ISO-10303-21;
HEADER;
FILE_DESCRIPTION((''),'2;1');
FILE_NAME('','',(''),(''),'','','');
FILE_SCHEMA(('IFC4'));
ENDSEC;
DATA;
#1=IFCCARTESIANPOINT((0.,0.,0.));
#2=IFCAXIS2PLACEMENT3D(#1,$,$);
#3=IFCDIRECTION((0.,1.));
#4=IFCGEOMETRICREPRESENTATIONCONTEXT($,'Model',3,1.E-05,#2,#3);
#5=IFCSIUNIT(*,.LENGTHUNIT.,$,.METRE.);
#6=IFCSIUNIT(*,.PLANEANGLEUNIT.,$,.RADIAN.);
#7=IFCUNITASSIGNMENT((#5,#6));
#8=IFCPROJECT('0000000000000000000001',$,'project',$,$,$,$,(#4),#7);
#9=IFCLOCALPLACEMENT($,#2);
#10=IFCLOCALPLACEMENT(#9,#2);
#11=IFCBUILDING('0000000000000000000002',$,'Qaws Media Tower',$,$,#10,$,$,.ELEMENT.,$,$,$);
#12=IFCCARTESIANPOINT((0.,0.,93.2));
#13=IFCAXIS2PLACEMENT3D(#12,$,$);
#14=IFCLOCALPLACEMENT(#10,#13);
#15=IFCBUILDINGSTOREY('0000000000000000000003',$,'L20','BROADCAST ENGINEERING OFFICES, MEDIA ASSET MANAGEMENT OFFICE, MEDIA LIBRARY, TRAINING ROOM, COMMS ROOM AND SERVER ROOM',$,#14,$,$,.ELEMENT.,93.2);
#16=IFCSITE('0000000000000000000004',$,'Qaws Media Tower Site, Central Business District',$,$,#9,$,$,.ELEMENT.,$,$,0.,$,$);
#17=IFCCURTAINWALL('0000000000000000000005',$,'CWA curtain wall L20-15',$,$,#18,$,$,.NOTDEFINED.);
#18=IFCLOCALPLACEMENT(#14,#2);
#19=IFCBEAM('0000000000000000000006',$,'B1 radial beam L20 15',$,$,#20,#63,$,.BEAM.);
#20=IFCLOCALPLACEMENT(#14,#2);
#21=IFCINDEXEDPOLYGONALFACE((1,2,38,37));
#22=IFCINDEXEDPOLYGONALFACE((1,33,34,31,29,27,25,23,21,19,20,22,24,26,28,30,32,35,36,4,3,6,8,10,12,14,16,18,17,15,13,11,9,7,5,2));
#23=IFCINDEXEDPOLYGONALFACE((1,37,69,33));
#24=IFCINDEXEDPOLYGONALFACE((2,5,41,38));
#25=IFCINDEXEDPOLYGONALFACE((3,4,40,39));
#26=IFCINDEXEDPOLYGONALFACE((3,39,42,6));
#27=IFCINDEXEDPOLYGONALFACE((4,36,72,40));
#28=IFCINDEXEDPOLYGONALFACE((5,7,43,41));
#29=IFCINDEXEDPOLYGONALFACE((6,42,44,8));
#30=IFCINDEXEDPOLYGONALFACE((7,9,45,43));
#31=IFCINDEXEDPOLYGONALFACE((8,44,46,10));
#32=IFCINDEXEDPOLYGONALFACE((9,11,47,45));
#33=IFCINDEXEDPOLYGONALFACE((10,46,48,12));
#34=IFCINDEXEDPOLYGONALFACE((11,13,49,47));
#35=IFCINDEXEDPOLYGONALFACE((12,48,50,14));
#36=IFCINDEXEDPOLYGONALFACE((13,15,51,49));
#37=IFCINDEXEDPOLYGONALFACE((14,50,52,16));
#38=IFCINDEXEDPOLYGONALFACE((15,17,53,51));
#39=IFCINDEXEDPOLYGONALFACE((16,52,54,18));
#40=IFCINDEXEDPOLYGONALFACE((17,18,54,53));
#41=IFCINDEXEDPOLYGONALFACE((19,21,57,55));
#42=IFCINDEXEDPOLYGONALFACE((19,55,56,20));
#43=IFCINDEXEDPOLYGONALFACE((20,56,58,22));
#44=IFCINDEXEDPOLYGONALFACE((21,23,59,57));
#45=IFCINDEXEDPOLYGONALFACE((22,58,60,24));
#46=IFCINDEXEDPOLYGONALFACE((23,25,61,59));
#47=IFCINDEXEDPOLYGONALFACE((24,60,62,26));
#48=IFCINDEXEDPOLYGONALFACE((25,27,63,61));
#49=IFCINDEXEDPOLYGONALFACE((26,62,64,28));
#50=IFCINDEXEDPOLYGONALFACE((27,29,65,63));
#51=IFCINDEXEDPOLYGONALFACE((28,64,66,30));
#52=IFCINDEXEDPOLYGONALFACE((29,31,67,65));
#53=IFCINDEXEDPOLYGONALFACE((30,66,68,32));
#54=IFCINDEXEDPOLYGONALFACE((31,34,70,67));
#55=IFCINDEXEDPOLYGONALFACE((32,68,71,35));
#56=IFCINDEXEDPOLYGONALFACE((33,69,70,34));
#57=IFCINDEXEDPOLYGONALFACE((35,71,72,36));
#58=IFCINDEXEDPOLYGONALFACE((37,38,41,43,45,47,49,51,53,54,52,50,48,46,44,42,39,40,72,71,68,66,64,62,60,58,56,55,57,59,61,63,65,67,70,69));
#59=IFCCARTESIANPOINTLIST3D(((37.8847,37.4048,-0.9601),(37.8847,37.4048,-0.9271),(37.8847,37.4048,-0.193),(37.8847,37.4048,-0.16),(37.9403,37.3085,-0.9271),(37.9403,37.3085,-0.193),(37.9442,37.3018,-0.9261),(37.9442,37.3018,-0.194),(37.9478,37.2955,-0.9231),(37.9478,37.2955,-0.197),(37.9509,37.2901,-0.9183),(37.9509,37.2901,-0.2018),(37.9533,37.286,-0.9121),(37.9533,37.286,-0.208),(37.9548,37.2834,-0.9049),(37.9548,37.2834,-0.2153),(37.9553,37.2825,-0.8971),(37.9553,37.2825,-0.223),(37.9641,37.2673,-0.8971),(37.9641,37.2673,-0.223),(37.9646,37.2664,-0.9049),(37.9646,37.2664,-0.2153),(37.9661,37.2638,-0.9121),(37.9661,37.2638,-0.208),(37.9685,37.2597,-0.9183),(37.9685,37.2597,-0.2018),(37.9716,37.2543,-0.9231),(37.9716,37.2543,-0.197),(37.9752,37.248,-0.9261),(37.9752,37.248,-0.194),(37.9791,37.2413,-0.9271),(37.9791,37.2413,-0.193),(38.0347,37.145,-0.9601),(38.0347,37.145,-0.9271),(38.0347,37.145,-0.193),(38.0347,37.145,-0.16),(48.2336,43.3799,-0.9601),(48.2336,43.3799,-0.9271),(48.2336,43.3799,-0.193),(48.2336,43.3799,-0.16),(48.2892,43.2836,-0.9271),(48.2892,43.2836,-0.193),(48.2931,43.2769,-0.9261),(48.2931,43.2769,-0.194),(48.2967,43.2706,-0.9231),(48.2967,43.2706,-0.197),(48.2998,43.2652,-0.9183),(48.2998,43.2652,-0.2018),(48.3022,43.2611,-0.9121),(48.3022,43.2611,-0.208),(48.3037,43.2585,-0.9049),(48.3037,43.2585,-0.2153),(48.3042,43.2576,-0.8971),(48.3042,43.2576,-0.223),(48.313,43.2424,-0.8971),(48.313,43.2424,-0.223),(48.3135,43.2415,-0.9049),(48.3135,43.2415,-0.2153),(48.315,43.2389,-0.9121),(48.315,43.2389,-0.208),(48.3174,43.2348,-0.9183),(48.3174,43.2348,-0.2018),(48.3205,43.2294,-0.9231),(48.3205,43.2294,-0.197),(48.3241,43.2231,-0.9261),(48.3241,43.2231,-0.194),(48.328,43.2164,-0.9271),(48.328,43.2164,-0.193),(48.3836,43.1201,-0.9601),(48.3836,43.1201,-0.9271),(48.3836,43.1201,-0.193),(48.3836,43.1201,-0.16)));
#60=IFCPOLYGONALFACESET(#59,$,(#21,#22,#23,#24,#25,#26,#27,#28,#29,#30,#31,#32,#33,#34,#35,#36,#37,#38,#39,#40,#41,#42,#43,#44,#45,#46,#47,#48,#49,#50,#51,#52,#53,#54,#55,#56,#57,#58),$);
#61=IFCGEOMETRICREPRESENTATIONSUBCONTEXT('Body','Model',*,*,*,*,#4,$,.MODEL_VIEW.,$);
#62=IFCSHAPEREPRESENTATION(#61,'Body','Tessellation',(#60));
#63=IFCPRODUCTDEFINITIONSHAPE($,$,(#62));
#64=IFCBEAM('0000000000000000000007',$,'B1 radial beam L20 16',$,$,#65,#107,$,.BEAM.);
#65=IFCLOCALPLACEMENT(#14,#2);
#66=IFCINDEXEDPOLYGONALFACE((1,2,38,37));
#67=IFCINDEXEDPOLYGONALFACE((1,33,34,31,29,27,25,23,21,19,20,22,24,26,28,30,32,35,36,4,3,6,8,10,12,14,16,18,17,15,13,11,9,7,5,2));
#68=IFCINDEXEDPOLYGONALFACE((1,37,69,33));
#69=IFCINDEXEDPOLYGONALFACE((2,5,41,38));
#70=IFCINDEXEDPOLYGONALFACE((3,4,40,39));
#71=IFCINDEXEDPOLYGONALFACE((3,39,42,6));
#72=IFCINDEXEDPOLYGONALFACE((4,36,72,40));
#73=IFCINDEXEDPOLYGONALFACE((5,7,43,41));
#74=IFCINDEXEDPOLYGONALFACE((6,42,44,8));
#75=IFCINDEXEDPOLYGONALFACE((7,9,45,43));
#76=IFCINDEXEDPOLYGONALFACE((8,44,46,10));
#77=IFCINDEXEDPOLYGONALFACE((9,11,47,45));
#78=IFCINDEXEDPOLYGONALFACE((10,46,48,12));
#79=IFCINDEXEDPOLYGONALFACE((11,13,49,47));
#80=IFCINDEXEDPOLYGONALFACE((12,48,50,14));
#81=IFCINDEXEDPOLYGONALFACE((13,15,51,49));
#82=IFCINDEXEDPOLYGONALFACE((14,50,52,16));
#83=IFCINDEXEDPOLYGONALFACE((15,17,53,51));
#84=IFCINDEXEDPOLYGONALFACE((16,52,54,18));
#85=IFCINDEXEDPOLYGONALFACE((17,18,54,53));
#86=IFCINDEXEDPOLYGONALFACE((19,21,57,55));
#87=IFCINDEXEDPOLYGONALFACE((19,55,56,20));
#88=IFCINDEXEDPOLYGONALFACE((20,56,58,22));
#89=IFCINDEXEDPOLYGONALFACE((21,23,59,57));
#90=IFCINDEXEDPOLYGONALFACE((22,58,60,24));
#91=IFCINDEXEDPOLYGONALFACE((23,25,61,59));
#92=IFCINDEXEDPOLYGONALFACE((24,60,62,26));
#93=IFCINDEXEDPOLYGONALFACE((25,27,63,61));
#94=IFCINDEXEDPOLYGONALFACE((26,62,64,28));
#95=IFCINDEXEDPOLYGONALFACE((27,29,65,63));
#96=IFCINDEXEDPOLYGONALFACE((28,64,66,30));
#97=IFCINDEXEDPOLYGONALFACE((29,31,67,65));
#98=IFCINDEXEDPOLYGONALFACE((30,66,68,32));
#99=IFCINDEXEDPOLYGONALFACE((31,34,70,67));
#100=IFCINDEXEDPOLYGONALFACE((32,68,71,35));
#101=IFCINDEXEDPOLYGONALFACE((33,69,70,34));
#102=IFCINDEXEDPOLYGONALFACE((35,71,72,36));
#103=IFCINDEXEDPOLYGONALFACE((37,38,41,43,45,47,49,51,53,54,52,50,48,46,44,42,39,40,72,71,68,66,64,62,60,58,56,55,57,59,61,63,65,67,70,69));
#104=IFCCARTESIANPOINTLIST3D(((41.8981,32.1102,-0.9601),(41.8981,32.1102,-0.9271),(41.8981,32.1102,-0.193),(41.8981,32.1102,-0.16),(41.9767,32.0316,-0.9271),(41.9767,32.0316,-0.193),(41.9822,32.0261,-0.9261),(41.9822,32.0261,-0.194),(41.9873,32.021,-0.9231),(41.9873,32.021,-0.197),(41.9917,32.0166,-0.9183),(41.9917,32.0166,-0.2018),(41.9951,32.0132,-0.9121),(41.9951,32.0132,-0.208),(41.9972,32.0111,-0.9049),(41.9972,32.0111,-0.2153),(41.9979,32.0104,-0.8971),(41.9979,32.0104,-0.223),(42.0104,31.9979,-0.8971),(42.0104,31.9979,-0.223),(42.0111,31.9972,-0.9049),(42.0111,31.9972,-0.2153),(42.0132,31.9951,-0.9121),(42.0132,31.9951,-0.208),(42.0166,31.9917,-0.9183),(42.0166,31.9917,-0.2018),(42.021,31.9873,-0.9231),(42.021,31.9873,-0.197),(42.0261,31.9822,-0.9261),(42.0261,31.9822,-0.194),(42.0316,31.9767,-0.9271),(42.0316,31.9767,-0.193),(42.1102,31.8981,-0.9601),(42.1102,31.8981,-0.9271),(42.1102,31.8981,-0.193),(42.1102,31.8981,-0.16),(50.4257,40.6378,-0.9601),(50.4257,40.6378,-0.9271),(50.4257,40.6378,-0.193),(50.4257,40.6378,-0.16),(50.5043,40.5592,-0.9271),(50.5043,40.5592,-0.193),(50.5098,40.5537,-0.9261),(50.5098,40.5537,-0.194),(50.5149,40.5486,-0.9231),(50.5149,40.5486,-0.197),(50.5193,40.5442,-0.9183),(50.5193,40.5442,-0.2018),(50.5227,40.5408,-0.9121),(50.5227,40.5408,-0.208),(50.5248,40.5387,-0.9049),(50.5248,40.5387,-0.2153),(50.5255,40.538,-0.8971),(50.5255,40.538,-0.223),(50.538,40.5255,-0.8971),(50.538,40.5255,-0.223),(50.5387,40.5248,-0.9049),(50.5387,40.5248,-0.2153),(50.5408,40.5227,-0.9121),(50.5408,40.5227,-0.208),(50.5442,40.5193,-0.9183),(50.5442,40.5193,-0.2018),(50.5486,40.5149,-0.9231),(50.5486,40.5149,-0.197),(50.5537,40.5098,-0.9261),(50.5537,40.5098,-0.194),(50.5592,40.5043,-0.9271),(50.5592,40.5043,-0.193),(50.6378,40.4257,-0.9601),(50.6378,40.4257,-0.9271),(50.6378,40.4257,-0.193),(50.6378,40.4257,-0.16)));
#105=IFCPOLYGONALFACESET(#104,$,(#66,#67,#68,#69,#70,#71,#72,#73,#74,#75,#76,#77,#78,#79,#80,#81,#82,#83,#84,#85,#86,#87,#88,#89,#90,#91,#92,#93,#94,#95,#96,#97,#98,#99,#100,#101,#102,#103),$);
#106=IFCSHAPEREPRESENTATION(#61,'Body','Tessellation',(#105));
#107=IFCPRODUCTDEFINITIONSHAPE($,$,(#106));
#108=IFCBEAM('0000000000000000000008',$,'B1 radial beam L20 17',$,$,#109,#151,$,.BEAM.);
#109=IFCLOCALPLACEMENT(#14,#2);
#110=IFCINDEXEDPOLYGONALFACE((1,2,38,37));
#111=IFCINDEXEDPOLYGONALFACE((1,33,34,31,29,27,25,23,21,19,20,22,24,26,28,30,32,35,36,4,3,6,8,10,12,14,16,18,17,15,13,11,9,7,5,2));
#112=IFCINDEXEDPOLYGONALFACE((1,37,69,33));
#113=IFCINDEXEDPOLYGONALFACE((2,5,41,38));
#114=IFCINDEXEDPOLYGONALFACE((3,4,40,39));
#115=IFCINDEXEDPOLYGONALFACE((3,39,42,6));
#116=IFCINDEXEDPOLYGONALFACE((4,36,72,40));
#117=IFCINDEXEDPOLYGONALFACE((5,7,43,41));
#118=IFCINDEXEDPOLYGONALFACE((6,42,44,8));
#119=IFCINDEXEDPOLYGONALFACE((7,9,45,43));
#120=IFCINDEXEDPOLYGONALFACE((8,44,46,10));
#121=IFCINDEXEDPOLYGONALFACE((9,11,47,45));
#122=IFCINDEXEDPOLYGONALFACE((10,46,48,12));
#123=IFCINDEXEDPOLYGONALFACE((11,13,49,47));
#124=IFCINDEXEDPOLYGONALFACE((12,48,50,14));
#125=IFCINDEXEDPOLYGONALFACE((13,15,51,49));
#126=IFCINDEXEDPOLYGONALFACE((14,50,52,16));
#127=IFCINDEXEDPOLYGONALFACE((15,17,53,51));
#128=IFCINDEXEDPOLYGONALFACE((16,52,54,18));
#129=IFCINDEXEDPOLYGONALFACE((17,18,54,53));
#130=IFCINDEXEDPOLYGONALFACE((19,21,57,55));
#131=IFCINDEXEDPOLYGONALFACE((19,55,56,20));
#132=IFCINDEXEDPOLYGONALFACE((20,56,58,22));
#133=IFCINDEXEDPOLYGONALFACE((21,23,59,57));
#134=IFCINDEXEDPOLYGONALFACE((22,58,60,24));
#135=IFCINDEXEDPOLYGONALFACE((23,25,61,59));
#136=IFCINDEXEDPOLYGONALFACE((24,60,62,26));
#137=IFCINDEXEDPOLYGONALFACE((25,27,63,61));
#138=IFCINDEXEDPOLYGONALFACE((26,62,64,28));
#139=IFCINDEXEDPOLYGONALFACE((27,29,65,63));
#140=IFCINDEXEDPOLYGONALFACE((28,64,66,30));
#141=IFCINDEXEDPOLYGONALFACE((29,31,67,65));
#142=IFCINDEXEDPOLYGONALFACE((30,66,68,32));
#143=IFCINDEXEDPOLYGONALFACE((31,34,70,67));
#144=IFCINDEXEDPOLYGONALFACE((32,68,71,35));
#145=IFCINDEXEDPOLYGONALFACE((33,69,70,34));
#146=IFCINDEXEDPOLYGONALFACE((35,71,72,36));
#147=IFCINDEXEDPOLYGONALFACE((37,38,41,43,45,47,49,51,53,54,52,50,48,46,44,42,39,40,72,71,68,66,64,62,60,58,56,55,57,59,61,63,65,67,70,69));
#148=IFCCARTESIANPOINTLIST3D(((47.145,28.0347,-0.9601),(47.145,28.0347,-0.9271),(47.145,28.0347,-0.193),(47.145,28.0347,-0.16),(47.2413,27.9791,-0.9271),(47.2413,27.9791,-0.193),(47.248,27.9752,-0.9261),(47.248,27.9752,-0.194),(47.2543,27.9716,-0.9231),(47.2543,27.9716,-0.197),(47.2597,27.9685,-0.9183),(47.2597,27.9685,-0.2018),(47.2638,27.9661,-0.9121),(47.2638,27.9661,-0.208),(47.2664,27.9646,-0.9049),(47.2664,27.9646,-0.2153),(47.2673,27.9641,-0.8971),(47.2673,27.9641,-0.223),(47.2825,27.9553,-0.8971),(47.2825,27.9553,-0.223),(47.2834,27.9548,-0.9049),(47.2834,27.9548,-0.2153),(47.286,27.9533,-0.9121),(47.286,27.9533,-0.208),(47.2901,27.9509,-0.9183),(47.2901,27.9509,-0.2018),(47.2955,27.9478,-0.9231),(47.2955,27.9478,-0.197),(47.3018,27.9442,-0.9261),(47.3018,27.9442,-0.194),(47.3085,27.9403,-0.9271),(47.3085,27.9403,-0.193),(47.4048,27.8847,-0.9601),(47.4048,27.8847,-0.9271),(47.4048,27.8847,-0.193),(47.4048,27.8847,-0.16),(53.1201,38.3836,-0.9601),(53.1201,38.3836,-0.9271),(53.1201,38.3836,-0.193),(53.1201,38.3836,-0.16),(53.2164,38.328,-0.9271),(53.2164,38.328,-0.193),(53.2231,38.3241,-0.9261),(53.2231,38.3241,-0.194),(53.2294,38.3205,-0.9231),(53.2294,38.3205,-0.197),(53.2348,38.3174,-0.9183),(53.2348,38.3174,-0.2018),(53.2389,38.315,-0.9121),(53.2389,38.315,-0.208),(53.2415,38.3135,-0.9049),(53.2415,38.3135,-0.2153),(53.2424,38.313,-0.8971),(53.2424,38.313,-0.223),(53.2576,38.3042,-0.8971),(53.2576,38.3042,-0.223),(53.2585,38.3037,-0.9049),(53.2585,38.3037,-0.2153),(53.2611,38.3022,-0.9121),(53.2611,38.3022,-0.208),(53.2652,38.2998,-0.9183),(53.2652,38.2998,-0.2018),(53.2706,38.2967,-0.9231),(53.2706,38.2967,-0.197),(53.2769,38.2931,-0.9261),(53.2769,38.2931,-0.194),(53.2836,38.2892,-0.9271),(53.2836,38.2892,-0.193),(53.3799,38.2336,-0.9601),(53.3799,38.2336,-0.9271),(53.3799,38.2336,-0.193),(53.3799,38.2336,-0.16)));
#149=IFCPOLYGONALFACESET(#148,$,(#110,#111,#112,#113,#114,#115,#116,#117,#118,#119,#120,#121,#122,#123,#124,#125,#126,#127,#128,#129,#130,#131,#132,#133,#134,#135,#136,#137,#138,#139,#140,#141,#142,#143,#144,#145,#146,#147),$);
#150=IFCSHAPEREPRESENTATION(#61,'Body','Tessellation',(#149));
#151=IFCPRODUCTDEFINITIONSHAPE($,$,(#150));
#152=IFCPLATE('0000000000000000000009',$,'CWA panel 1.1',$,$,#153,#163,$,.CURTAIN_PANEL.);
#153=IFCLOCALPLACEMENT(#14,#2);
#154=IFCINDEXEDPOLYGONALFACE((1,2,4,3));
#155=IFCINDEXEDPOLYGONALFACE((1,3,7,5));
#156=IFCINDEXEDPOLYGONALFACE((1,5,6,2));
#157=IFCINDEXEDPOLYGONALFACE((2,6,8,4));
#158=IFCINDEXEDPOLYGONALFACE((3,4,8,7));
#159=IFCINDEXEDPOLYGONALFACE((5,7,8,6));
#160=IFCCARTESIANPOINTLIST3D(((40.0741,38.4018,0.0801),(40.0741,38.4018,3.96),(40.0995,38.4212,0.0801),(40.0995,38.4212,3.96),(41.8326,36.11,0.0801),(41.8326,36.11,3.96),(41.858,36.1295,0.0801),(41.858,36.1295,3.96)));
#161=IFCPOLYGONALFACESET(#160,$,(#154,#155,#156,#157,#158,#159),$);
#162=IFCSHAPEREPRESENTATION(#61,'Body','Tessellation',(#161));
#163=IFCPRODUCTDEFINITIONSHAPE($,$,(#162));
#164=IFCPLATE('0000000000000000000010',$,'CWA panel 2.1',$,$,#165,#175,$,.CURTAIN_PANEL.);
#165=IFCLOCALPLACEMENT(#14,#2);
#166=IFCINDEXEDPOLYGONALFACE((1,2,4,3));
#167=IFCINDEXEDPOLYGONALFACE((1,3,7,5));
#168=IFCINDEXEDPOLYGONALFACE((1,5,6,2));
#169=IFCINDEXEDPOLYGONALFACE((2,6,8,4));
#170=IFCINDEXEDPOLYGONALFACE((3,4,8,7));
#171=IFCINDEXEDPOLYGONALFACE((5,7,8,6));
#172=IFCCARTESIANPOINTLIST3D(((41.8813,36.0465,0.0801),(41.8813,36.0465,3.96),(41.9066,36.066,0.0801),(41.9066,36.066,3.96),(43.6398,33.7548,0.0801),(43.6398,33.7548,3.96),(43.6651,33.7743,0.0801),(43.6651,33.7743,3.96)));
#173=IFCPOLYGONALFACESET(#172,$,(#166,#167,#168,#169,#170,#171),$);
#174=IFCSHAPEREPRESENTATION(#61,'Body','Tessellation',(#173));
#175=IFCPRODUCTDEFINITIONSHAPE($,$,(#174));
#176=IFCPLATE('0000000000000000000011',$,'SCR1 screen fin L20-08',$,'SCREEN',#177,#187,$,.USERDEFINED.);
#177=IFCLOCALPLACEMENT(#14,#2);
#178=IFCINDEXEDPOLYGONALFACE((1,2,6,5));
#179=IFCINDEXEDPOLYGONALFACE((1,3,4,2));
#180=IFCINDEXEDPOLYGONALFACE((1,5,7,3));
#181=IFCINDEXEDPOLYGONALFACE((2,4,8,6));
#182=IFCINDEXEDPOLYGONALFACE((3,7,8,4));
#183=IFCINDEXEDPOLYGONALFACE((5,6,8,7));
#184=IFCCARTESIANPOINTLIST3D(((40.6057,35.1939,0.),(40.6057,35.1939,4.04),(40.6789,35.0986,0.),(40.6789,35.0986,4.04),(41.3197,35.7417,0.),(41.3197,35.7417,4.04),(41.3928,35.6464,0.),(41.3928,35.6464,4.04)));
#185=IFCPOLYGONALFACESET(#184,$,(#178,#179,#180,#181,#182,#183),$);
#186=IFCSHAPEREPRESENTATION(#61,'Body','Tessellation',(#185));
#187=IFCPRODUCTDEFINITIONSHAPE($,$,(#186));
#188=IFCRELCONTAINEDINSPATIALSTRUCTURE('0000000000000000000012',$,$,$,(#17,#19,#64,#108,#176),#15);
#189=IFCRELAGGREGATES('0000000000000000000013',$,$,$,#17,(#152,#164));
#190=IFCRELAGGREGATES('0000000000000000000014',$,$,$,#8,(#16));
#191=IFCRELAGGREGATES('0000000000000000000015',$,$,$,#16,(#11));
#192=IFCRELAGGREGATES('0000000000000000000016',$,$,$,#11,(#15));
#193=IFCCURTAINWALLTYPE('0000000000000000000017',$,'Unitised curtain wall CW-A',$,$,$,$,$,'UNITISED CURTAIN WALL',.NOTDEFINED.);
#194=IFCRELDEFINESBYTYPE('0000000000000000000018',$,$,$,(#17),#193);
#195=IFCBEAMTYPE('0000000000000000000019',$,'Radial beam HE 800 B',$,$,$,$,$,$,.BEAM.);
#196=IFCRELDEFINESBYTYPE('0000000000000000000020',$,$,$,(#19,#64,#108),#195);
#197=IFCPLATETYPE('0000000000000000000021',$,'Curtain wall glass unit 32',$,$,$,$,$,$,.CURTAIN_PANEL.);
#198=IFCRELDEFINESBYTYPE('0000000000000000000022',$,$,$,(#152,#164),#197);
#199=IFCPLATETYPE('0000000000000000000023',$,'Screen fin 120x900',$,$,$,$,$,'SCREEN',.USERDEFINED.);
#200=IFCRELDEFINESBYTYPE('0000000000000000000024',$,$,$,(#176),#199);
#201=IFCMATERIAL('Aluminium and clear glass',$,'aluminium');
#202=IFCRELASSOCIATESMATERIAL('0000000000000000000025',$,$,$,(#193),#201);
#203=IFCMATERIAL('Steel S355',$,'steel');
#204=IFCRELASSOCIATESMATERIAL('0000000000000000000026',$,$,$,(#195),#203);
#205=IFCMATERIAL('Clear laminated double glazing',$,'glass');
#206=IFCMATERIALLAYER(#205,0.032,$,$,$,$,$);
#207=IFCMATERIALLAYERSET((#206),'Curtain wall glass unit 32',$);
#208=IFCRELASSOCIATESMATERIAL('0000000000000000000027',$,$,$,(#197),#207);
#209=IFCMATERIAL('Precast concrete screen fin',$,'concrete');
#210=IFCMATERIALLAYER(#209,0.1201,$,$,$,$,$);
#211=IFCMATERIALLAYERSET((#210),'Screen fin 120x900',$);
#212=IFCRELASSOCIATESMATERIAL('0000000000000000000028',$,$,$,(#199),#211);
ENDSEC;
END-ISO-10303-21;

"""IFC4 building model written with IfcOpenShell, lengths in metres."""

from ifc_helpers import new_model, si_unit, direction, frame, origin, origin_2d, place, context, subcontext, project, spatial, rectangle, i_section, extrude, material, layer, layer_set, material_profile, profile_set, type_object, element, aggregate, save


model = new_model("IFC4")

# Units and contexts
model_context = context("Model", 3, precision=1e-05, world=origin(), true_north=direction((0.0, 1.0)))
body_context = subcontext(model_context, "Body", "Model", "MODEL_VIEW")
ifc_project = project(units=[si_unit("LENGTHUNIT", "METRE"), si_unit("PLANEANGLEUNIT", "RADIAN")], contexts=[model_context])

# Site, building, storey
site_placement = place(None, origin())
site = spatial("IfcSite", under=ifc_project, at=site_placement, Name="Qaws Media Tower Site, Central Business District", CompositionType="ELEMENT", RefElevation=0.0)
building_placement = place(site_placement, origin())
building = spatial("IfcBuilding", under=site, at=building_placement, Name="Qaws Media Tower", CompositionType="ELEMENT")
storey_placement = place(building_placement, frame((0.0, 0.0, 93.2)))
storey = spatial("IfcBuildingStorey", under=building, at=storey_placement, Name="L20", Description="BROADCAST ENGINEERING OFFICES, MEDIA ASSET MANAGEMENT OFFICE, MEDIA LIBRARY, TRAINING ROOM, COMMS ROOM AND SERVER ROOM", CompositionType="ELEMENT", Elevation=93.2)

# Shared definitions
ifc_material_1 = material(Name="Aluminium and clear glass", Category="aluminium")
curtain_wall_type = type_object("IfcCurtainWallType", Name="Unitised curtain wall CW-A", ElementType="UNITISED CURTAIN WALL", PredefinedType="NOTDEFINED", material=ifc_material_1)

# Curtain wall
curtain_wall_1_placement = place(storey_placement, origin())
curtain_wall_1 = element("IfcCurtainWall", 1, at=curtain_wall_1_placement, inside=storey, type_object=curtain_wall_type, Name="CWA curtain wall L20-15", PredefinedType="NOTDEFINED")

# Beams
ifc_material_2 = material(Name="Steel S355", Category="steel")
ifc_material_profile_1 = material_profile(ifc_material_2, i_section(OverallWidth=0.3, OverallDepth=0.8, WebThickness=0.0176, FlangeThickness=0.033, FilletRadius=0.03, at=origin_2d()), Name="HE 800 B")
ifc_profile_set_1 = profile_set([ifc_material_profile_1], Name="Steel S355")
beam_type_1 = type_object("IfcBeamType", Name="Radial beam HE 800 B", PredefinedType="BEAM", material=ifc_profile_set_1)
beam_1_placement = place(storey_placement, frame((48.3086, 43.25, -0.5601), z_axis=(-0.866019, -0.500011, 0.0), x_axis=(0.500011, -0.866019, 0.0)))
element("IfcBeam", 2, at=beam_1_placement, inside=storey, type_object=beam_type_1, Name="B1 radial beam L20 15", PredefinedType="BEAM", context=body_context, shape_type="SweptSolid", body=[
    extrude(i_section(OverallWidth=0.3, OverallDepth=0.8, WebThickness=0.0176, FlangeThickness=0.033, FilletRadius=0.03, at=origin_2d()), origin(), (0.0, 0.0, 1.0), 11.95),
])
beam_2_placement = place(storey_placement, frame((50.5317, 40.5317, -0.5601), z_axis=(-0.707107, -0.707107, 0.0), x_axis=(0.707107, -0.707107, 0.0)))
element("IfcBeam", 3, at=beam_2_placement, inside=storey, type_object=beam_type_1, Name="B1 radial beam L20 16", PredefinedType="BEAM", context=body_context, shape_type="SweptSolid", body=[
    extrude(i_section(OverallWidth=0.3, OverallDepth=0.8, WebThickness=0.0176, FlangeThickness=0.033, FilletRadius=0.03, at=origin_2d()), origin(), (0.0, 0.0, 1.0), 12.0598),
])
beam_3_placement = place(storey_placement, frame((53.25, 38.3086, -0.5601), z_axis=(-0.500011, -0.866019, 0.0), x_axis=(0.866019, -0.500011, 0.0)))
element("IfcBeam", 4, at=beam_3_placement, inside=storey, type_object=beam_type_1, Name="B1 radial beam L20 17", PredefinedType="BEAM", context=body_context, shape_type="SweptSolid", body=[
    extrude(i_section(OverallWidth=0.3, OverallDepth=0.8, WebThickness=0.0176, FlangeThickness=0.033, FilletRadius=0.03, at=origin_2d()), origin(), (0.0, 0.0, 1.0), 11.95),
])

# Plates
ifc_material_3 = material(Name="Clear laminated double glazing", Category="glass")
ifc_layer_1 = layer(ifc_material_3, 0.032)
ifc_layer_set_1 = layer_set([ifc_layer_1], Name="Curtain wall glass unit 32")
plate_type_1 = type_object("IfcPlateType", Name="Curtain wall glass unit 32", PredefinedType="CURTAIN_PANEL", material=ifc_layer_set_1)
plate_1_placement = place(storey_placement, frame((40.9661, 37.2656, 0.0801), z_axis=(0.0, 0.0, 1.0), x_axis=(0.608762, -0.793353, 0.0)))
plate_1 = element("IfcPlate", 5, at=plate_1_placement, type_object=plate_type_1, Name="CWA panel 1.1", PredefinedType="CURTAIN_PANEL", context=body_context, shape_type="SweptSolid", body=[
    extrude(rectangle(XDim=2.8887, YDim=0.032, at=origin_2d()), origin(), (0.0, 0.0, 1.0), 3.8799),
])
plate_2_placement = place(storey_placement, frame((42.7732, 34.9104, 0.0801), z_axis=(0.0, 0.0, 1.0), x_axis=(0.608762, -0.793353, 0.0)))
plate_2 = element("IfcPlate", 6, at=plate_2_placement, type_object=plate_type_1, Name="CWA panel 2.1", PredefinedType="CURTAIN_PANEL", context=body_context, shape_type="SweptSolid", body=[
    extrude(rectangle(XDim=2.8887, YDim=0.032, at=origin_2d()), origin(), (0.0, 0.0, 1.0), 3.8799),
])
aggregate(curtain_wall_1, [plate_1, plate_2])
ifc_material_4 = material(Name="Precast concrete screen fin", Category="concrete")
ifc_layer_2 = layer(ifc_material_4, 0.1201)
ifc_layer_set_2 = layer_set([ifc_layer_2], Name="Screen fin 120x900")
plate_type_2 = type_object("IfcPlateType", Name="Screen fin 120x900", ElementType="SCREEN", PredefinedType="USERDEFINED", material=ifc_layer_set_2)
plate_3_placement = place(storey_placement, frame((40.9993, 35.4202, 0.0), z_axis=(0.0, 0.0, 1.0), x_axis=(-0.793353, -0.608761, 0.0)))
element("IfcPlate", 7, at=plate_3_placement, inside=storey, type_object=plate_type_2, Name="SCR1 screen fin L20-08", ObjectType="SCREEN", PredefinedType="USERDEFINED", context=body_context, shape_type="SweptSolid", body=[
    extrude(rectangle(XDim=0.8999, YDim=0.1201, at=origin_2d()), origin(), (0.0, 0.0, 1.0), 4.04),
])

save(model, "model.ifc")
